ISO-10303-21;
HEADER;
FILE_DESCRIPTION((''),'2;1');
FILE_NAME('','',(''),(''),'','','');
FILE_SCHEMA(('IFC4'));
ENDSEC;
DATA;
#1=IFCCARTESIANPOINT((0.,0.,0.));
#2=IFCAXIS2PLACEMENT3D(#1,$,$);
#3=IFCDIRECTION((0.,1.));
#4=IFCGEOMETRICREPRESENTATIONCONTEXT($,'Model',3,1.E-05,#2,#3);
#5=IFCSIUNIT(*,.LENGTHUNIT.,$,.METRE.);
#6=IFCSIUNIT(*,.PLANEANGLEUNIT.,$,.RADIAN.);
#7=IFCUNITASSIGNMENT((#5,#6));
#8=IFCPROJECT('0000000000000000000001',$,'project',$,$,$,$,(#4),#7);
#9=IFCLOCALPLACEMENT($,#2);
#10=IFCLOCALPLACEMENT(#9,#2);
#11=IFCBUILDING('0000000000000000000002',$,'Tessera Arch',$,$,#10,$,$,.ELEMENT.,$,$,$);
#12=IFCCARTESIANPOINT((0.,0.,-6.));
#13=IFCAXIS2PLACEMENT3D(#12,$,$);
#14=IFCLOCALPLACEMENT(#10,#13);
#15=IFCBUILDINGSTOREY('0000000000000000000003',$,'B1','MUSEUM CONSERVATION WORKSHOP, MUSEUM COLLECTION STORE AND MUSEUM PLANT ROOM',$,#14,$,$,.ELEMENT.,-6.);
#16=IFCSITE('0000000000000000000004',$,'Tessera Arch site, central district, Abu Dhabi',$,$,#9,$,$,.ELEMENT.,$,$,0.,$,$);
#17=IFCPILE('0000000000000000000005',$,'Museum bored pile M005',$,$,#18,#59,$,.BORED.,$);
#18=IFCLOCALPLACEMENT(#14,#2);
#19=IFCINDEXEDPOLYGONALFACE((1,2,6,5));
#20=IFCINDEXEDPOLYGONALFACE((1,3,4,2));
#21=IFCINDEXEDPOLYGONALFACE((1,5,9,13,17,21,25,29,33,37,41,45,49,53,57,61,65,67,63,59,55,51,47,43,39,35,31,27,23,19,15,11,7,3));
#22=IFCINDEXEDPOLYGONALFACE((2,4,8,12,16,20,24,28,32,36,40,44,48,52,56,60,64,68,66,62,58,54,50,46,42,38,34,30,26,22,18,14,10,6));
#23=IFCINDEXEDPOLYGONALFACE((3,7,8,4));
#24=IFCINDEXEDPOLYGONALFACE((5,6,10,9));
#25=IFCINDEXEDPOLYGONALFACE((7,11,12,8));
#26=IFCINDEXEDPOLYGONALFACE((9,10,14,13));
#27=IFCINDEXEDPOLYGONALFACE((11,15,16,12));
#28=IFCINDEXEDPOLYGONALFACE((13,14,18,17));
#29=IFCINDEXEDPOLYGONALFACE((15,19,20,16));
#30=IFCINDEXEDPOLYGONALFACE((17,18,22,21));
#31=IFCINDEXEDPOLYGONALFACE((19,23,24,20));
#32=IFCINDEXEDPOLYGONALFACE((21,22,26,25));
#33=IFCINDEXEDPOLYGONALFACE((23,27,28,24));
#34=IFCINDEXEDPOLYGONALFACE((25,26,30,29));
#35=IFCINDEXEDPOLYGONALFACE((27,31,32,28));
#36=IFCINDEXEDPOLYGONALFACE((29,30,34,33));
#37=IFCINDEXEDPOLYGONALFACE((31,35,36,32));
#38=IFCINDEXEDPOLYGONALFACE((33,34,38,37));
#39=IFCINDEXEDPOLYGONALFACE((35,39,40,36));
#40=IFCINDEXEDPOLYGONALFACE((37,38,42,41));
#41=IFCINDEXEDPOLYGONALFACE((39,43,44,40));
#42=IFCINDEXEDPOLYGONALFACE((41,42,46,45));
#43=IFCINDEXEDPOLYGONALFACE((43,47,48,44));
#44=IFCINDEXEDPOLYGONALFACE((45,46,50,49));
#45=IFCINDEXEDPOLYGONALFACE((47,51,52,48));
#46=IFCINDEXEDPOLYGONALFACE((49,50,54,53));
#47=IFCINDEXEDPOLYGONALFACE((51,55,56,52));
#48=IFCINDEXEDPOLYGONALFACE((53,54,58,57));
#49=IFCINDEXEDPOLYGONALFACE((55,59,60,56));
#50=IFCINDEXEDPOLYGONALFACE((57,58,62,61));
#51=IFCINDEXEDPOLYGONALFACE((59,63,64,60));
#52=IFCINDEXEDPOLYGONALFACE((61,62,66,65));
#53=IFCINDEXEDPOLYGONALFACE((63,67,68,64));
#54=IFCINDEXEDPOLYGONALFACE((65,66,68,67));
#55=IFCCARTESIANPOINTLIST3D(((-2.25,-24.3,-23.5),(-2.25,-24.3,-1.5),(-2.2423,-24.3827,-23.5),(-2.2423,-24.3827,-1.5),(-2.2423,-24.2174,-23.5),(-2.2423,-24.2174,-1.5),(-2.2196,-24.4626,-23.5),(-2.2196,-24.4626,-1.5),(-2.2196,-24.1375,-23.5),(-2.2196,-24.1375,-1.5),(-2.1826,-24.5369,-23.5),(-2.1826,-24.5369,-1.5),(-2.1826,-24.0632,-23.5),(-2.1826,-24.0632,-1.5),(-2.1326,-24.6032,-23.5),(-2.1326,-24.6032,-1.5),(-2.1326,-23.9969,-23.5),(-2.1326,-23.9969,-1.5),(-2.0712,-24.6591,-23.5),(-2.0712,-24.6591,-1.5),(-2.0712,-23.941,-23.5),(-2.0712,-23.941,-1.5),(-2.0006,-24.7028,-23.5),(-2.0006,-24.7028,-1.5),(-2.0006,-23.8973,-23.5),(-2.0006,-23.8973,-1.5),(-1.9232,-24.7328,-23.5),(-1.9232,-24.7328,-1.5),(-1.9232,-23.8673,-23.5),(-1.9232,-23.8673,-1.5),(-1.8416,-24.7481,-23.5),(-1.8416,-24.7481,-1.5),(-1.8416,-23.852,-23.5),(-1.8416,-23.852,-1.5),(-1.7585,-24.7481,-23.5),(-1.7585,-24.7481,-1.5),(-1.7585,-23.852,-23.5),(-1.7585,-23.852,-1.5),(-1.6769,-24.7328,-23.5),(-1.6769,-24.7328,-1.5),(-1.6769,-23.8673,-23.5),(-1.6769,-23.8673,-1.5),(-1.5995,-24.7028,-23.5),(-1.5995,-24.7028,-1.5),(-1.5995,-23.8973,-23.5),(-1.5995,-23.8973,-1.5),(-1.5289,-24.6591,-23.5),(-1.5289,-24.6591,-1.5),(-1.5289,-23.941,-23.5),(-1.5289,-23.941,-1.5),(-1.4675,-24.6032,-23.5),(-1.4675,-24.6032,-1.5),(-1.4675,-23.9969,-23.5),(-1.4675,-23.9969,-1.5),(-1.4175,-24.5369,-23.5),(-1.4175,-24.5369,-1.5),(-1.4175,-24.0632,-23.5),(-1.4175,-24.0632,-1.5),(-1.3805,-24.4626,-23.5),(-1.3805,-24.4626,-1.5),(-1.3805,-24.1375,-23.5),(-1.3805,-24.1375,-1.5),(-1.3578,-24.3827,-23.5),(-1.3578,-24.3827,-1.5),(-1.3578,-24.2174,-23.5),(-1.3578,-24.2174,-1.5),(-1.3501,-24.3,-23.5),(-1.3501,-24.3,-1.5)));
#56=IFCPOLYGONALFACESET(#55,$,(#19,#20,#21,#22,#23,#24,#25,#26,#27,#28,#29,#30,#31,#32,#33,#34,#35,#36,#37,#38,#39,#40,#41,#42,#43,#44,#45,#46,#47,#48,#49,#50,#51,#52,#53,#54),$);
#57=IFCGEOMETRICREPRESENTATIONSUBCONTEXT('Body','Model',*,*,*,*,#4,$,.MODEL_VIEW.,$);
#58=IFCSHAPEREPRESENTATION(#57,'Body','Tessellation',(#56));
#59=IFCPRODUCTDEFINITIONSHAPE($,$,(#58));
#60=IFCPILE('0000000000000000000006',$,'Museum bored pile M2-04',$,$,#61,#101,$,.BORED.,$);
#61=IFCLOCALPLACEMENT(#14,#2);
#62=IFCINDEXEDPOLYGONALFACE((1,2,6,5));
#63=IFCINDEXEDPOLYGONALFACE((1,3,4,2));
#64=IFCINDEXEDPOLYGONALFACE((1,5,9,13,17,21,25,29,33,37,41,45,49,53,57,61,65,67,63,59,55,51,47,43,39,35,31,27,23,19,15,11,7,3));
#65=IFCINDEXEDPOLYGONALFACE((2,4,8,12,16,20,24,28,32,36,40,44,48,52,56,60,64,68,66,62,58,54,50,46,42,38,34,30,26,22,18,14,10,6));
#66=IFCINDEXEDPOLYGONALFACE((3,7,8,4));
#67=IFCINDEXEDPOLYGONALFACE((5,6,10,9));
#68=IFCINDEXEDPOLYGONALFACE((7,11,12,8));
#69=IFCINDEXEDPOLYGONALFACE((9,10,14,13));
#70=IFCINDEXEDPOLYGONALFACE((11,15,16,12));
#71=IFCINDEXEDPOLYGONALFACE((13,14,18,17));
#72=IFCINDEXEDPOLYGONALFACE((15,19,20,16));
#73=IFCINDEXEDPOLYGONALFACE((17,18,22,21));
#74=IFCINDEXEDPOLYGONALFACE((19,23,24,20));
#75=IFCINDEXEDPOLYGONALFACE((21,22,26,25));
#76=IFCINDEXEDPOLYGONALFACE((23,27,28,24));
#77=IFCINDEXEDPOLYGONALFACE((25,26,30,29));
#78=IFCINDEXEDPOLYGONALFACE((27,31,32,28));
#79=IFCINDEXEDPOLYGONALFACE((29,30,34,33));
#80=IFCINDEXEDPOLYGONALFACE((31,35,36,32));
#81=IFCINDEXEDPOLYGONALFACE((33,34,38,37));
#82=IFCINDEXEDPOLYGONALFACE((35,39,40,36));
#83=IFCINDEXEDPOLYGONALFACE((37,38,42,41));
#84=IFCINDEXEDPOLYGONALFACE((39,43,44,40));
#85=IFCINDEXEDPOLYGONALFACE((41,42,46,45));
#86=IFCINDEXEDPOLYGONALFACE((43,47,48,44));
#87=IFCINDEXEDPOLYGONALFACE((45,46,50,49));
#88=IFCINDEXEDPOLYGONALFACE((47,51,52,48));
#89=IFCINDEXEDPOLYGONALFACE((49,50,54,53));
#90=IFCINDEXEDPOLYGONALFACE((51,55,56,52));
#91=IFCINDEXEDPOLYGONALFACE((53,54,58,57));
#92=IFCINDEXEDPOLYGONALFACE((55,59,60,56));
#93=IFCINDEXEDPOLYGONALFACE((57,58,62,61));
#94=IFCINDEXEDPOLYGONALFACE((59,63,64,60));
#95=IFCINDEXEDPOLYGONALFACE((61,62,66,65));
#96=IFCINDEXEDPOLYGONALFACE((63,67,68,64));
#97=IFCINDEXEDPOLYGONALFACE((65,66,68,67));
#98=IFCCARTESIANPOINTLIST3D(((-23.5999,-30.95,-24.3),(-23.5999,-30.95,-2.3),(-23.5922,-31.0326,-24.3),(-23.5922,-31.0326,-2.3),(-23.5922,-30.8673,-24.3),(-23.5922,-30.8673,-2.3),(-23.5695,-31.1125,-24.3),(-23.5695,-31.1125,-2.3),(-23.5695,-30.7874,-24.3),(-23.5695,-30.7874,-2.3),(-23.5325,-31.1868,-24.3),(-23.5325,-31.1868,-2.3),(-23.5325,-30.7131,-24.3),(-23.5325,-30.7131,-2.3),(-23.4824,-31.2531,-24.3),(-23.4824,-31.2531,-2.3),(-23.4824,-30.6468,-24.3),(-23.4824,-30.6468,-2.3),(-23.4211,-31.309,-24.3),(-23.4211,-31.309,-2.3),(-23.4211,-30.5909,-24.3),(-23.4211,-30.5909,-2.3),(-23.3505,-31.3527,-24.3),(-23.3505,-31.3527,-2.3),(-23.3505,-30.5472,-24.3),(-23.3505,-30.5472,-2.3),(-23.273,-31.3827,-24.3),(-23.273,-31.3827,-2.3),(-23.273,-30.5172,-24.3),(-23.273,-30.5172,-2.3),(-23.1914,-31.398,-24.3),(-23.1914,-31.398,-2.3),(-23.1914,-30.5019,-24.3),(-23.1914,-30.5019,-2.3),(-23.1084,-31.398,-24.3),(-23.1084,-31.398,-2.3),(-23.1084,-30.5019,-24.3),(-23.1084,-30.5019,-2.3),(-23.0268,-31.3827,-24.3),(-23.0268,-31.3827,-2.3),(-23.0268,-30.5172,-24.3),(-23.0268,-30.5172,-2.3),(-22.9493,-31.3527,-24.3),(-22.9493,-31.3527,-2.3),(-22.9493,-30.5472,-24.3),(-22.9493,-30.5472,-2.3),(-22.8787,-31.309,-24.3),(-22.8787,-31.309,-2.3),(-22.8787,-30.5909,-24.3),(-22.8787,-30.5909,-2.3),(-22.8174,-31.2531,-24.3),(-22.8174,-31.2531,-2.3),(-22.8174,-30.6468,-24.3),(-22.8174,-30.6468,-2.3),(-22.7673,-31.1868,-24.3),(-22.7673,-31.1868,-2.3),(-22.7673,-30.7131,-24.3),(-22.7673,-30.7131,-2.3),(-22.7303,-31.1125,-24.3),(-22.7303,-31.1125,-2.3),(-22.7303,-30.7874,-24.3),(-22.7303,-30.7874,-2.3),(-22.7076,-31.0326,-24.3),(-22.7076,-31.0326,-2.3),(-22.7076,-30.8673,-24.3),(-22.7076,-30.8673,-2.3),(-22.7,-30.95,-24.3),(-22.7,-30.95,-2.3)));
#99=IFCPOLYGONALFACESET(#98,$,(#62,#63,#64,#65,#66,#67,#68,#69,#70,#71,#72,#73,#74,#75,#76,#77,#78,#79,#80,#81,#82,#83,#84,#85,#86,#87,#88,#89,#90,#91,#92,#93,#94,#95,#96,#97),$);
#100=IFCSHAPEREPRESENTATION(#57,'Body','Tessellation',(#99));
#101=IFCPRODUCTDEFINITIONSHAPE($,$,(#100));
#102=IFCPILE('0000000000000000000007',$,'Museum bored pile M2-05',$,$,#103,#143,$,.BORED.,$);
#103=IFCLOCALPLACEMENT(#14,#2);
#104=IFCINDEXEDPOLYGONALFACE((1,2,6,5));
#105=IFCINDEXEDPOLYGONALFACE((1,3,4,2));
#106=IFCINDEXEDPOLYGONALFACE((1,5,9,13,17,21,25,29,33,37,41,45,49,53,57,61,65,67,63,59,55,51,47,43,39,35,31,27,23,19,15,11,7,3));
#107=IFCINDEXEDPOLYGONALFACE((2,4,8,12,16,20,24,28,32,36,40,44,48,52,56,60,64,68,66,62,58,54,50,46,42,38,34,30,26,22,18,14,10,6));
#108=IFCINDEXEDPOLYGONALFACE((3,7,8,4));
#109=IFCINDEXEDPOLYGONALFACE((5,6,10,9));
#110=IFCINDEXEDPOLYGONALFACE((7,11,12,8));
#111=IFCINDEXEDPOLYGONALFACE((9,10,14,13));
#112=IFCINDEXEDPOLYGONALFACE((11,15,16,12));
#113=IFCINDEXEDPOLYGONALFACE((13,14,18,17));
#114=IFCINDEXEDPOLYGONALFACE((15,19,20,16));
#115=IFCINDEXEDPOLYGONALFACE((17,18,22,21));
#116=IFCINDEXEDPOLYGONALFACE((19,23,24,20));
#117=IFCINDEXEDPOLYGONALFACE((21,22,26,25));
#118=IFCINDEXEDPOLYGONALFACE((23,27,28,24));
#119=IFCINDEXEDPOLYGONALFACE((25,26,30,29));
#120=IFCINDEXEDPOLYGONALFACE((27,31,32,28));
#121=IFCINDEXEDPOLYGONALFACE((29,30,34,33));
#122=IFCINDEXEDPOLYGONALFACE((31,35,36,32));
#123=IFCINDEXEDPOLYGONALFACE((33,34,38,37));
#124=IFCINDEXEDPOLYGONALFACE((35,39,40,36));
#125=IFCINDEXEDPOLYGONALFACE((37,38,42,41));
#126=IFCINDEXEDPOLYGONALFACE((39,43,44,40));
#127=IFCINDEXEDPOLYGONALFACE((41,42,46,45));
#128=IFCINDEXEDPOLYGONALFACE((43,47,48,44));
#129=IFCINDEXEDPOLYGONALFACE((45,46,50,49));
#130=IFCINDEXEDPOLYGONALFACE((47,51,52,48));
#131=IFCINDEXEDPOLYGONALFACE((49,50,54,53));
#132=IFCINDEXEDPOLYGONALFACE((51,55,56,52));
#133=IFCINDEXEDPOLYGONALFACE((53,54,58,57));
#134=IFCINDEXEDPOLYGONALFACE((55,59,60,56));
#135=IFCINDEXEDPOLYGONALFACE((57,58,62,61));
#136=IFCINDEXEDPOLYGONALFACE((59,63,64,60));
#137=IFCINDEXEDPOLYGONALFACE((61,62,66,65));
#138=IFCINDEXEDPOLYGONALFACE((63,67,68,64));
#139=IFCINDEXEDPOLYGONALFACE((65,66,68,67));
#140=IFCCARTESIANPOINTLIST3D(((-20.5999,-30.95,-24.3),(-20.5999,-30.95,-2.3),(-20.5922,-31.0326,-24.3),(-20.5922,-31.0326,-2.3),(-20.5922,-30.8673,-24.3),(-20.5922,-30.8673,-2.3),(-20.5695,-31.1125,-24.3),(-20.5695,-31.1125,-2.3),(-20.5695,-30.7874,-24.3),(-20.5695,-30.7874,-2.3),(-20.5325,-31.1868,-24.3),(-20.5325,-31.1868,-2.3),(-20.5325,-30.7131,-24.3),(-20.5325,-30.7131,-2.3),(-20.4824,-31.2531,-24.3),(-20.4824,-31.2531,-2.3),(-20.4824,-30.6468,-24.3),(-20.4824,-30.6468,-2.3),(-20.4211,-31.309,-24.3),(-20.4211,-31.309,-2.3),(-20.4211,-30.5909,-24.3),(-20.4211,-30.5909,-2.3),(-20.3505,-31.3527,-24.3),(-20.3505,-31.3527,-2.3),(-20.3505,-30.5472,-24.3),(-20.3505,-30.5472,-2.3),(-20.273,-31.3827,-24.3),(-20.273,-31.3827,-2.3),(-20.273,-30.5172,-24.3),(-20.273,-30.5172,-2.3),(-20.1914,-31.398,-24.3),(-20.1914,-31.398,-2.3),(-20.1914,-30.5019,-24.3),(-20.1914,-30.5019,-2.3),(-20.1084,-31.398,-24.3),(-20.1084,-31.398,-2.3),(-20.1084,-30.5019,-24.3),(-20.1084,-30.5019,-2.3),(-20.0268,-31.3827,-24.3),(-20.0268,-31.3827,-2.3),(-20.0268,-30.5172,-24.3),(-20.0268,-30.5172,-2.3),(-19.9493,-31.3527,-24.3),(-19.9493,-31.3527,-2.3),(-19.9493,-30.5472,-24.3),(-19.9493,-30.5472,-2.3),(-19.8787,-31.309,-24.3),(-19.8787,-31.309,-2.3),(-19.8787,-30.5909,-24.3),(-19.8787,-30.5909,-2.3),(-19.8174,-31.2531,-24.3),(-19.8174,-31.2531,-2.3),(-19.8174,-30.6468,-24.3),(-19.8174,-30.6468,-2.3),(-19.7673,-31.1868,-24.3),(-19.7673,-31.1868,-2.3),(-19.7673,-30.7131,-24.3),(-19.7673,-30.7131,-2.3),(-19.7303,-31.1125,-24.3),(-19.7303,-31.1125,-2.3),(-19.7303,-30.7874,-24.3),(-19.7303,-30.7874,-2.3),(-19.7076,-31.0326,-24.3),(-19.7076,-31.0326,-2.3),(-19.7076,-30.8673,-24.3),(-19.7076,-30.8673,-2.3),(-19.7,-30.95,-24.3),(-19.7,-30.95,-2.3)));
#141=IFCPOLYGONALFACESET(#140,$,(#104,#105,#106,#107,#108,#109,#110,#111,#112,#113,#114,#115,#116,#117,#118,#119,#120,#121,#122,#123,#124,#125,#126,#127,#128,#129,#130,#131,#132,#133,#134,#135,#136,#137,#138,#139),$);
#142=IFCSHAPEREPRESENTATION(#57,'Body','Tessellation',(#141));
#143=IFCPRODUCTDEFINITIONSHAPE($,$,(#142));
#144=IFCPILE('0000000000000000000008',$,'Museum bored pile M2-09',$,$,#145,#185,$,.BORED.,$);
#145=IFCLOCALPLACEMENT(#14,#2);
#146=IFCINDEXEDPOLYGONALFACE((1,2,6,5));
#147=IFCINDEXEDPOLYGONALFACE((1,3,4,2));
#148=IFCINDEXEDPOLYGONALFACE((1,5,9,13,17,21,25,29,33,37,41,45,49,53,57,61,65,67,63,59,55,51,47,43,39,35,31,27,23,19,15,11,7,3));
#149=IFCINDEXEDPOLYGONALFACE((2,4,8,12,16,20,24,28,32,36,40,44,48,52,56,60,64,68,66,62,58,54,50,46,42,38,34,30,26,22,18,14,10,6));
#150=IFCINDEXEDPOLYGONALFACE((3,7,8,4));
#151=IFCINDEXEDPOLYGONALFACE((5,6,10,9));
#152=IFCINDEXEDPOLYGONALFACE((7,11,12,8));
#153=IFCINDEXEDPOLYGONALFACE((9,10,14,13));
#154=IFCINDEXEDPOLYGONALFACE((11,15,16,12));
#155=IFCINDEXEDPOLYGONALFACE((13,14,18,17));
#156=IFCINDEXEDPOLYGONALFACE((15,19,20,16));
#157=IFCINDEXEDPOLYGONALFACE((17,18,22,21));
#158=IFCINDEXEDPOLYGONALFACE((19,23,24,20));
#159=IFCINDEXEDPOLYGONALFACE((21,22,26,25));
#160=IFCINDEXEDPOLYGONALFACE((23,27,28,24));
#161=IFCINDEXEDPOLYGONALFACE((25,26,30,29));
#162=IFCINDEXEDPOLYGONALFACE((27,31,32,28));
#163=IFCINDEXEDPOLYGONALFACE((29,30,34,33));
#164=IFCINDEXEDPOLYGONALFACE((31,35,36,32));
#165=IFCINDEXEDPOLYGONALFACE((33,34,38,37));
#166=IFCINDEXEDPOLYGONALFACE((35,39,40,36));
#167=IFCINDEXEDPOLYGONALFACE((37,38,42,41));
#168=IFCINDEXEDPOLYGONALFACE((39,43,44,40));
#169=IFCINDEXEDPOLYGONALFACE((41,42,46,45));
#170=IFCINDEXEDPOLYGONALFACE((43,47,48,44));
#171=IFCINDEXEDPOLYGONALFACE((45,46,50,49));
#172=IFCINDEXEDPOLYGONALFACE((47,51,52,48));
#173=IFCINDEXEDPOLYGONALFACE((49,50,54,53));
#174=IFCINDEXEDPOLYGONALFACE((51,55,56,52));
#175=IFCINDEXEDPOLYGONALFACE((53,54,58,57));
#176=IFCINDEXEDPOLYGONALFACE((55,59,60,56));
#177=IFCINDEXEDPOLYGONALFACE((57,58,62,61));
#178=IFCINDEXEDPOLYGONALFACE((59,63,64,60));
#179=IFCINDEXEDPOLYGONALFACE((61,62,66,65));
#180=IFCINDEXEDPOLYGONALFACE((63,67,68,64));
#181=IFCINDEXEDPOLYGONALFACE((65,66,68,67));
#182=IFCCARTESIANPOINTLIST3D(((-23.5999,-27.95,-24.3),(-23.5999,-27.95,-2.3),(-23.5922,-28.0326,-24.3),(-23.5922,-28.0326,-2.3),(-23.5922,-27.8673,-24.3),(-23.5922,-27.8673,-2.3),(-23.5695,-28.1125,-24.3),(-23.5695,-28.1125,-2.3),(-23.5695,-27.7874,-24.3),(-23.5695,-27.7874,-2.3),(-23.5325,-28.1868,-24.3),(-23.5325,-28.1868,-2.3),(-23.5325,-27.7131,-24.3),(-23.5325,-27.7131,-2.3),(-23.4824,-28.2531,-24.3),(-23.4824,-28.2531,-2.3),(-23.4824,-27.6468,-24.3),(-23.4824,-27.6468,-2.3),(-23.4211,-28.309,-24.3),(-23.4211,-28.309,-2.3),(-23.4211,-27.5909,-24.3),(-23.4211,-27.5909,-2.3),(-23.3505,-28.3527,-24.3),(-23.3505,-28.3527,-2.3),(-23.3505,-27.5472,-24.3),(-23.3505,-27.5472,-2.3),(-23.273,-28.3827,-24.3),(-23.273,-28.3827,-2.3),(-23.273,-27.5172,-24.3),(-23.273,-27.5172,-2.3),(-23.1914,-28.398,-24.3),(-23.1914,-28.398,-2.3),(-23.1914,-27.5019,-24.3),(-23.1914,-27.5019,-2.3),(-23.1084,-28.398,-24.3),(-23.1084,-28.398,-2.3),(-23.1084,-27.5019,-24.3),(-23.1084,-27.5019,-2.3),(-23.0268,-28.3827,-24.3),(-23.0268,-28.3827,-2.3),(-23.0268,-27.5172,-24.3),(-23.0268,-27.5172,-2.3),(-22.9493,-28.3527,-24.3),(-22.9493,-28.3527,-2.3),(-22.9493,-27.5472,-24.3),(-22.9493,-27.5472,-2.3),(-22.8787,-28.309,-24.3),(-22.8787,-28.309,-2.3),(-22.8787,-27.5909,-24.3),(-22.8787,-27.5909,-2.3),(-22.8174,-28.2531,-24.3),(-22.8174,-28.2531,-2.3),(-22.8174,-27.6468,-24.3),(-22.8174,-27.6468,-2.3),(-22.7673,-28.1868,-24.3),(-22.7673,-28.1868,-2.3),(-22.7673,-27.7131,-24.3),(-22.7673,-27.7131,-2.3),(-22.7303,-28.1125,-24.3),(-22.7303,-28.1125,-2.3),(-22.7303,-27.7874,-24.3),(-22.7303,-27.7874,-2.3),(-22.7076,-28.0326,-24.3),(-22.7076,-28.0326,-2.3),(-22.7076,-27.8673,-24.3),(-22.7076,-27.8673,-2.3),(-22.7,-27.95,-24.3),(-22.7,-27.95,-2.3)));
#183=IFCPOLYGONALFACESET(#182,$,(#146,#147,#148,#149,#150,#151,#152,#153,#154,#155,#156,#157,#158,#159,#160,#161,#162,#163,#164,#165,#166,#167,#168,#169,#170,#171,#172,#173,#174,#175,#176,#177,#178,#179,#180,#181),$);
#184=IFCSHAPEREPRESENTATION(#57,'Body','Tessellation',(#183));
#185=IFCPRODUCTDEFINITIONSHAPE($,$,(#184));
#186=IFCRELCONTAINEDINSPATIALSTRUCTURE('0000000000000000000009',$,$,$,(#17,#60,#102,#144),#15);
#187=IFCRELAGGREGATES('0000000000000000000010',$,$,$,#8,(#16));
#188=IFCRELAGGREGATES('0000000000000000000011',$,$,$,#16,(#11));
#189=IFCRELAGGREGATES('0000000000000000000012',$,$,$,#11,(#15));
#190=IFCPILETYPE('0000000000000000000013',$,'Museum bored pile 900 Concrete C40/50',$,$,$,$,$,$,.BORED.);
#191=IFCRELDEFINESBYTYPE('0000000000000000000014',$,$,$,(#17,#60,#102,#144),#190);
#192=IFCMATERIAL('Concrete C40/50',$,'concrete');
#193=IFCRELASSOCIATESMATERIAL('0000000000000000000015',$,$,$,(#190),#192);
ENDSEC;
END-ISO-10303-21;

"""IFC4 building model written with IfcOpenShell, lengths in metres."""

from ifc_helpers import new_model, si_unit, direction, frame, origin, origin_2d, place, context, subcontext, project, spatial, circle, extrude, material, type_object, element, save


model = new_model("IFC4")

# Units and contexts
model_context = context("Model", 3, precision=1e-05, world=origin(), true_north=direction((0.0, 1.0)))
body_context = subcontext(model_context, "Body", "Model", "MODEL_VIEW")
ifc_project = project(units=[si_unit("LENGTHUNIT", "METRE"), si_unit("PLANEANGLEUNIT", "RADIAN")], contexts=[model_context])

# Site, building, storey
site_placement = place(None, origin())
site = spatial("IfcSite", under=ifc_project, at=site_placement, Name="Tessera Arch site, central district, Abu Dhabi", CompositionType="ELEMENT", RefElevation=0.0)
building_placement = place(site_placement, origin())
building = spatial("IfcBuilding", under=site, at=building_placement, Name="Tessera Arch", CompositionType="ELEMENT")
storey_placement = place(building_placement, frame((0.0, 0.0, -6.0)))
storey = spatial("IfcBuildingStorey", under=building, at=storey_placement, Name="B1", Description="MUSEUM CONSERVATION WORKSHOP, MUSEUM COLLECTION STORE AND MUSEUM PLANT ROOM", CompositionType="ELEMENT", Elevation=-6.0)

# Piles
ifc_material_1 = material(Name="Concrete C40/50", Category="concrete")
pile_type = type_object("IfcPileType", Name="Museum bored pile 900 Concrete C40/50", PredefinedType="BORED", material=ifc_material_1)
for number, where, z_axis, x_axis, name in (
    (1, (-1.8, -24.3, -1.5), (0.0, 0.0, -1.0), (1.0, 0.0, 0.0), "Museum bored pile M005"),
    (2, (-23.1499, -30.95, -2.3), (0.0, 0.0, -1.0), (1.0, 0.0, 0.0), "Museum bored pile M2-04"),
    (3, (-20.1499, -30.95, -2.3), (0.0, 0.0, -1.0), (1.0, 0.0, 0.0), "Museum bored pile M2-05"),
    (4, (-23.1499, -27.95, -2.3), (0.0, 0.0, -1.0), (1.0, 0.0, 0.0), "Museum bored pile M2-09"),
):
    element("IfcPile", number, at=place(storey_placement, frame(where, z_axis=z_axis, x_axis=x_axis)), inside=storey, type_object=pile_type, Name=name, PredefinedType="BORED", context=body_context, shape_type="SweptSolid", body=[
        extrude(circle(Radius=0.45, at=origin_2d()), origin(), (0.0, 0.0, 1.0), 22.0),
    ])

save(model, "model.ifc")
